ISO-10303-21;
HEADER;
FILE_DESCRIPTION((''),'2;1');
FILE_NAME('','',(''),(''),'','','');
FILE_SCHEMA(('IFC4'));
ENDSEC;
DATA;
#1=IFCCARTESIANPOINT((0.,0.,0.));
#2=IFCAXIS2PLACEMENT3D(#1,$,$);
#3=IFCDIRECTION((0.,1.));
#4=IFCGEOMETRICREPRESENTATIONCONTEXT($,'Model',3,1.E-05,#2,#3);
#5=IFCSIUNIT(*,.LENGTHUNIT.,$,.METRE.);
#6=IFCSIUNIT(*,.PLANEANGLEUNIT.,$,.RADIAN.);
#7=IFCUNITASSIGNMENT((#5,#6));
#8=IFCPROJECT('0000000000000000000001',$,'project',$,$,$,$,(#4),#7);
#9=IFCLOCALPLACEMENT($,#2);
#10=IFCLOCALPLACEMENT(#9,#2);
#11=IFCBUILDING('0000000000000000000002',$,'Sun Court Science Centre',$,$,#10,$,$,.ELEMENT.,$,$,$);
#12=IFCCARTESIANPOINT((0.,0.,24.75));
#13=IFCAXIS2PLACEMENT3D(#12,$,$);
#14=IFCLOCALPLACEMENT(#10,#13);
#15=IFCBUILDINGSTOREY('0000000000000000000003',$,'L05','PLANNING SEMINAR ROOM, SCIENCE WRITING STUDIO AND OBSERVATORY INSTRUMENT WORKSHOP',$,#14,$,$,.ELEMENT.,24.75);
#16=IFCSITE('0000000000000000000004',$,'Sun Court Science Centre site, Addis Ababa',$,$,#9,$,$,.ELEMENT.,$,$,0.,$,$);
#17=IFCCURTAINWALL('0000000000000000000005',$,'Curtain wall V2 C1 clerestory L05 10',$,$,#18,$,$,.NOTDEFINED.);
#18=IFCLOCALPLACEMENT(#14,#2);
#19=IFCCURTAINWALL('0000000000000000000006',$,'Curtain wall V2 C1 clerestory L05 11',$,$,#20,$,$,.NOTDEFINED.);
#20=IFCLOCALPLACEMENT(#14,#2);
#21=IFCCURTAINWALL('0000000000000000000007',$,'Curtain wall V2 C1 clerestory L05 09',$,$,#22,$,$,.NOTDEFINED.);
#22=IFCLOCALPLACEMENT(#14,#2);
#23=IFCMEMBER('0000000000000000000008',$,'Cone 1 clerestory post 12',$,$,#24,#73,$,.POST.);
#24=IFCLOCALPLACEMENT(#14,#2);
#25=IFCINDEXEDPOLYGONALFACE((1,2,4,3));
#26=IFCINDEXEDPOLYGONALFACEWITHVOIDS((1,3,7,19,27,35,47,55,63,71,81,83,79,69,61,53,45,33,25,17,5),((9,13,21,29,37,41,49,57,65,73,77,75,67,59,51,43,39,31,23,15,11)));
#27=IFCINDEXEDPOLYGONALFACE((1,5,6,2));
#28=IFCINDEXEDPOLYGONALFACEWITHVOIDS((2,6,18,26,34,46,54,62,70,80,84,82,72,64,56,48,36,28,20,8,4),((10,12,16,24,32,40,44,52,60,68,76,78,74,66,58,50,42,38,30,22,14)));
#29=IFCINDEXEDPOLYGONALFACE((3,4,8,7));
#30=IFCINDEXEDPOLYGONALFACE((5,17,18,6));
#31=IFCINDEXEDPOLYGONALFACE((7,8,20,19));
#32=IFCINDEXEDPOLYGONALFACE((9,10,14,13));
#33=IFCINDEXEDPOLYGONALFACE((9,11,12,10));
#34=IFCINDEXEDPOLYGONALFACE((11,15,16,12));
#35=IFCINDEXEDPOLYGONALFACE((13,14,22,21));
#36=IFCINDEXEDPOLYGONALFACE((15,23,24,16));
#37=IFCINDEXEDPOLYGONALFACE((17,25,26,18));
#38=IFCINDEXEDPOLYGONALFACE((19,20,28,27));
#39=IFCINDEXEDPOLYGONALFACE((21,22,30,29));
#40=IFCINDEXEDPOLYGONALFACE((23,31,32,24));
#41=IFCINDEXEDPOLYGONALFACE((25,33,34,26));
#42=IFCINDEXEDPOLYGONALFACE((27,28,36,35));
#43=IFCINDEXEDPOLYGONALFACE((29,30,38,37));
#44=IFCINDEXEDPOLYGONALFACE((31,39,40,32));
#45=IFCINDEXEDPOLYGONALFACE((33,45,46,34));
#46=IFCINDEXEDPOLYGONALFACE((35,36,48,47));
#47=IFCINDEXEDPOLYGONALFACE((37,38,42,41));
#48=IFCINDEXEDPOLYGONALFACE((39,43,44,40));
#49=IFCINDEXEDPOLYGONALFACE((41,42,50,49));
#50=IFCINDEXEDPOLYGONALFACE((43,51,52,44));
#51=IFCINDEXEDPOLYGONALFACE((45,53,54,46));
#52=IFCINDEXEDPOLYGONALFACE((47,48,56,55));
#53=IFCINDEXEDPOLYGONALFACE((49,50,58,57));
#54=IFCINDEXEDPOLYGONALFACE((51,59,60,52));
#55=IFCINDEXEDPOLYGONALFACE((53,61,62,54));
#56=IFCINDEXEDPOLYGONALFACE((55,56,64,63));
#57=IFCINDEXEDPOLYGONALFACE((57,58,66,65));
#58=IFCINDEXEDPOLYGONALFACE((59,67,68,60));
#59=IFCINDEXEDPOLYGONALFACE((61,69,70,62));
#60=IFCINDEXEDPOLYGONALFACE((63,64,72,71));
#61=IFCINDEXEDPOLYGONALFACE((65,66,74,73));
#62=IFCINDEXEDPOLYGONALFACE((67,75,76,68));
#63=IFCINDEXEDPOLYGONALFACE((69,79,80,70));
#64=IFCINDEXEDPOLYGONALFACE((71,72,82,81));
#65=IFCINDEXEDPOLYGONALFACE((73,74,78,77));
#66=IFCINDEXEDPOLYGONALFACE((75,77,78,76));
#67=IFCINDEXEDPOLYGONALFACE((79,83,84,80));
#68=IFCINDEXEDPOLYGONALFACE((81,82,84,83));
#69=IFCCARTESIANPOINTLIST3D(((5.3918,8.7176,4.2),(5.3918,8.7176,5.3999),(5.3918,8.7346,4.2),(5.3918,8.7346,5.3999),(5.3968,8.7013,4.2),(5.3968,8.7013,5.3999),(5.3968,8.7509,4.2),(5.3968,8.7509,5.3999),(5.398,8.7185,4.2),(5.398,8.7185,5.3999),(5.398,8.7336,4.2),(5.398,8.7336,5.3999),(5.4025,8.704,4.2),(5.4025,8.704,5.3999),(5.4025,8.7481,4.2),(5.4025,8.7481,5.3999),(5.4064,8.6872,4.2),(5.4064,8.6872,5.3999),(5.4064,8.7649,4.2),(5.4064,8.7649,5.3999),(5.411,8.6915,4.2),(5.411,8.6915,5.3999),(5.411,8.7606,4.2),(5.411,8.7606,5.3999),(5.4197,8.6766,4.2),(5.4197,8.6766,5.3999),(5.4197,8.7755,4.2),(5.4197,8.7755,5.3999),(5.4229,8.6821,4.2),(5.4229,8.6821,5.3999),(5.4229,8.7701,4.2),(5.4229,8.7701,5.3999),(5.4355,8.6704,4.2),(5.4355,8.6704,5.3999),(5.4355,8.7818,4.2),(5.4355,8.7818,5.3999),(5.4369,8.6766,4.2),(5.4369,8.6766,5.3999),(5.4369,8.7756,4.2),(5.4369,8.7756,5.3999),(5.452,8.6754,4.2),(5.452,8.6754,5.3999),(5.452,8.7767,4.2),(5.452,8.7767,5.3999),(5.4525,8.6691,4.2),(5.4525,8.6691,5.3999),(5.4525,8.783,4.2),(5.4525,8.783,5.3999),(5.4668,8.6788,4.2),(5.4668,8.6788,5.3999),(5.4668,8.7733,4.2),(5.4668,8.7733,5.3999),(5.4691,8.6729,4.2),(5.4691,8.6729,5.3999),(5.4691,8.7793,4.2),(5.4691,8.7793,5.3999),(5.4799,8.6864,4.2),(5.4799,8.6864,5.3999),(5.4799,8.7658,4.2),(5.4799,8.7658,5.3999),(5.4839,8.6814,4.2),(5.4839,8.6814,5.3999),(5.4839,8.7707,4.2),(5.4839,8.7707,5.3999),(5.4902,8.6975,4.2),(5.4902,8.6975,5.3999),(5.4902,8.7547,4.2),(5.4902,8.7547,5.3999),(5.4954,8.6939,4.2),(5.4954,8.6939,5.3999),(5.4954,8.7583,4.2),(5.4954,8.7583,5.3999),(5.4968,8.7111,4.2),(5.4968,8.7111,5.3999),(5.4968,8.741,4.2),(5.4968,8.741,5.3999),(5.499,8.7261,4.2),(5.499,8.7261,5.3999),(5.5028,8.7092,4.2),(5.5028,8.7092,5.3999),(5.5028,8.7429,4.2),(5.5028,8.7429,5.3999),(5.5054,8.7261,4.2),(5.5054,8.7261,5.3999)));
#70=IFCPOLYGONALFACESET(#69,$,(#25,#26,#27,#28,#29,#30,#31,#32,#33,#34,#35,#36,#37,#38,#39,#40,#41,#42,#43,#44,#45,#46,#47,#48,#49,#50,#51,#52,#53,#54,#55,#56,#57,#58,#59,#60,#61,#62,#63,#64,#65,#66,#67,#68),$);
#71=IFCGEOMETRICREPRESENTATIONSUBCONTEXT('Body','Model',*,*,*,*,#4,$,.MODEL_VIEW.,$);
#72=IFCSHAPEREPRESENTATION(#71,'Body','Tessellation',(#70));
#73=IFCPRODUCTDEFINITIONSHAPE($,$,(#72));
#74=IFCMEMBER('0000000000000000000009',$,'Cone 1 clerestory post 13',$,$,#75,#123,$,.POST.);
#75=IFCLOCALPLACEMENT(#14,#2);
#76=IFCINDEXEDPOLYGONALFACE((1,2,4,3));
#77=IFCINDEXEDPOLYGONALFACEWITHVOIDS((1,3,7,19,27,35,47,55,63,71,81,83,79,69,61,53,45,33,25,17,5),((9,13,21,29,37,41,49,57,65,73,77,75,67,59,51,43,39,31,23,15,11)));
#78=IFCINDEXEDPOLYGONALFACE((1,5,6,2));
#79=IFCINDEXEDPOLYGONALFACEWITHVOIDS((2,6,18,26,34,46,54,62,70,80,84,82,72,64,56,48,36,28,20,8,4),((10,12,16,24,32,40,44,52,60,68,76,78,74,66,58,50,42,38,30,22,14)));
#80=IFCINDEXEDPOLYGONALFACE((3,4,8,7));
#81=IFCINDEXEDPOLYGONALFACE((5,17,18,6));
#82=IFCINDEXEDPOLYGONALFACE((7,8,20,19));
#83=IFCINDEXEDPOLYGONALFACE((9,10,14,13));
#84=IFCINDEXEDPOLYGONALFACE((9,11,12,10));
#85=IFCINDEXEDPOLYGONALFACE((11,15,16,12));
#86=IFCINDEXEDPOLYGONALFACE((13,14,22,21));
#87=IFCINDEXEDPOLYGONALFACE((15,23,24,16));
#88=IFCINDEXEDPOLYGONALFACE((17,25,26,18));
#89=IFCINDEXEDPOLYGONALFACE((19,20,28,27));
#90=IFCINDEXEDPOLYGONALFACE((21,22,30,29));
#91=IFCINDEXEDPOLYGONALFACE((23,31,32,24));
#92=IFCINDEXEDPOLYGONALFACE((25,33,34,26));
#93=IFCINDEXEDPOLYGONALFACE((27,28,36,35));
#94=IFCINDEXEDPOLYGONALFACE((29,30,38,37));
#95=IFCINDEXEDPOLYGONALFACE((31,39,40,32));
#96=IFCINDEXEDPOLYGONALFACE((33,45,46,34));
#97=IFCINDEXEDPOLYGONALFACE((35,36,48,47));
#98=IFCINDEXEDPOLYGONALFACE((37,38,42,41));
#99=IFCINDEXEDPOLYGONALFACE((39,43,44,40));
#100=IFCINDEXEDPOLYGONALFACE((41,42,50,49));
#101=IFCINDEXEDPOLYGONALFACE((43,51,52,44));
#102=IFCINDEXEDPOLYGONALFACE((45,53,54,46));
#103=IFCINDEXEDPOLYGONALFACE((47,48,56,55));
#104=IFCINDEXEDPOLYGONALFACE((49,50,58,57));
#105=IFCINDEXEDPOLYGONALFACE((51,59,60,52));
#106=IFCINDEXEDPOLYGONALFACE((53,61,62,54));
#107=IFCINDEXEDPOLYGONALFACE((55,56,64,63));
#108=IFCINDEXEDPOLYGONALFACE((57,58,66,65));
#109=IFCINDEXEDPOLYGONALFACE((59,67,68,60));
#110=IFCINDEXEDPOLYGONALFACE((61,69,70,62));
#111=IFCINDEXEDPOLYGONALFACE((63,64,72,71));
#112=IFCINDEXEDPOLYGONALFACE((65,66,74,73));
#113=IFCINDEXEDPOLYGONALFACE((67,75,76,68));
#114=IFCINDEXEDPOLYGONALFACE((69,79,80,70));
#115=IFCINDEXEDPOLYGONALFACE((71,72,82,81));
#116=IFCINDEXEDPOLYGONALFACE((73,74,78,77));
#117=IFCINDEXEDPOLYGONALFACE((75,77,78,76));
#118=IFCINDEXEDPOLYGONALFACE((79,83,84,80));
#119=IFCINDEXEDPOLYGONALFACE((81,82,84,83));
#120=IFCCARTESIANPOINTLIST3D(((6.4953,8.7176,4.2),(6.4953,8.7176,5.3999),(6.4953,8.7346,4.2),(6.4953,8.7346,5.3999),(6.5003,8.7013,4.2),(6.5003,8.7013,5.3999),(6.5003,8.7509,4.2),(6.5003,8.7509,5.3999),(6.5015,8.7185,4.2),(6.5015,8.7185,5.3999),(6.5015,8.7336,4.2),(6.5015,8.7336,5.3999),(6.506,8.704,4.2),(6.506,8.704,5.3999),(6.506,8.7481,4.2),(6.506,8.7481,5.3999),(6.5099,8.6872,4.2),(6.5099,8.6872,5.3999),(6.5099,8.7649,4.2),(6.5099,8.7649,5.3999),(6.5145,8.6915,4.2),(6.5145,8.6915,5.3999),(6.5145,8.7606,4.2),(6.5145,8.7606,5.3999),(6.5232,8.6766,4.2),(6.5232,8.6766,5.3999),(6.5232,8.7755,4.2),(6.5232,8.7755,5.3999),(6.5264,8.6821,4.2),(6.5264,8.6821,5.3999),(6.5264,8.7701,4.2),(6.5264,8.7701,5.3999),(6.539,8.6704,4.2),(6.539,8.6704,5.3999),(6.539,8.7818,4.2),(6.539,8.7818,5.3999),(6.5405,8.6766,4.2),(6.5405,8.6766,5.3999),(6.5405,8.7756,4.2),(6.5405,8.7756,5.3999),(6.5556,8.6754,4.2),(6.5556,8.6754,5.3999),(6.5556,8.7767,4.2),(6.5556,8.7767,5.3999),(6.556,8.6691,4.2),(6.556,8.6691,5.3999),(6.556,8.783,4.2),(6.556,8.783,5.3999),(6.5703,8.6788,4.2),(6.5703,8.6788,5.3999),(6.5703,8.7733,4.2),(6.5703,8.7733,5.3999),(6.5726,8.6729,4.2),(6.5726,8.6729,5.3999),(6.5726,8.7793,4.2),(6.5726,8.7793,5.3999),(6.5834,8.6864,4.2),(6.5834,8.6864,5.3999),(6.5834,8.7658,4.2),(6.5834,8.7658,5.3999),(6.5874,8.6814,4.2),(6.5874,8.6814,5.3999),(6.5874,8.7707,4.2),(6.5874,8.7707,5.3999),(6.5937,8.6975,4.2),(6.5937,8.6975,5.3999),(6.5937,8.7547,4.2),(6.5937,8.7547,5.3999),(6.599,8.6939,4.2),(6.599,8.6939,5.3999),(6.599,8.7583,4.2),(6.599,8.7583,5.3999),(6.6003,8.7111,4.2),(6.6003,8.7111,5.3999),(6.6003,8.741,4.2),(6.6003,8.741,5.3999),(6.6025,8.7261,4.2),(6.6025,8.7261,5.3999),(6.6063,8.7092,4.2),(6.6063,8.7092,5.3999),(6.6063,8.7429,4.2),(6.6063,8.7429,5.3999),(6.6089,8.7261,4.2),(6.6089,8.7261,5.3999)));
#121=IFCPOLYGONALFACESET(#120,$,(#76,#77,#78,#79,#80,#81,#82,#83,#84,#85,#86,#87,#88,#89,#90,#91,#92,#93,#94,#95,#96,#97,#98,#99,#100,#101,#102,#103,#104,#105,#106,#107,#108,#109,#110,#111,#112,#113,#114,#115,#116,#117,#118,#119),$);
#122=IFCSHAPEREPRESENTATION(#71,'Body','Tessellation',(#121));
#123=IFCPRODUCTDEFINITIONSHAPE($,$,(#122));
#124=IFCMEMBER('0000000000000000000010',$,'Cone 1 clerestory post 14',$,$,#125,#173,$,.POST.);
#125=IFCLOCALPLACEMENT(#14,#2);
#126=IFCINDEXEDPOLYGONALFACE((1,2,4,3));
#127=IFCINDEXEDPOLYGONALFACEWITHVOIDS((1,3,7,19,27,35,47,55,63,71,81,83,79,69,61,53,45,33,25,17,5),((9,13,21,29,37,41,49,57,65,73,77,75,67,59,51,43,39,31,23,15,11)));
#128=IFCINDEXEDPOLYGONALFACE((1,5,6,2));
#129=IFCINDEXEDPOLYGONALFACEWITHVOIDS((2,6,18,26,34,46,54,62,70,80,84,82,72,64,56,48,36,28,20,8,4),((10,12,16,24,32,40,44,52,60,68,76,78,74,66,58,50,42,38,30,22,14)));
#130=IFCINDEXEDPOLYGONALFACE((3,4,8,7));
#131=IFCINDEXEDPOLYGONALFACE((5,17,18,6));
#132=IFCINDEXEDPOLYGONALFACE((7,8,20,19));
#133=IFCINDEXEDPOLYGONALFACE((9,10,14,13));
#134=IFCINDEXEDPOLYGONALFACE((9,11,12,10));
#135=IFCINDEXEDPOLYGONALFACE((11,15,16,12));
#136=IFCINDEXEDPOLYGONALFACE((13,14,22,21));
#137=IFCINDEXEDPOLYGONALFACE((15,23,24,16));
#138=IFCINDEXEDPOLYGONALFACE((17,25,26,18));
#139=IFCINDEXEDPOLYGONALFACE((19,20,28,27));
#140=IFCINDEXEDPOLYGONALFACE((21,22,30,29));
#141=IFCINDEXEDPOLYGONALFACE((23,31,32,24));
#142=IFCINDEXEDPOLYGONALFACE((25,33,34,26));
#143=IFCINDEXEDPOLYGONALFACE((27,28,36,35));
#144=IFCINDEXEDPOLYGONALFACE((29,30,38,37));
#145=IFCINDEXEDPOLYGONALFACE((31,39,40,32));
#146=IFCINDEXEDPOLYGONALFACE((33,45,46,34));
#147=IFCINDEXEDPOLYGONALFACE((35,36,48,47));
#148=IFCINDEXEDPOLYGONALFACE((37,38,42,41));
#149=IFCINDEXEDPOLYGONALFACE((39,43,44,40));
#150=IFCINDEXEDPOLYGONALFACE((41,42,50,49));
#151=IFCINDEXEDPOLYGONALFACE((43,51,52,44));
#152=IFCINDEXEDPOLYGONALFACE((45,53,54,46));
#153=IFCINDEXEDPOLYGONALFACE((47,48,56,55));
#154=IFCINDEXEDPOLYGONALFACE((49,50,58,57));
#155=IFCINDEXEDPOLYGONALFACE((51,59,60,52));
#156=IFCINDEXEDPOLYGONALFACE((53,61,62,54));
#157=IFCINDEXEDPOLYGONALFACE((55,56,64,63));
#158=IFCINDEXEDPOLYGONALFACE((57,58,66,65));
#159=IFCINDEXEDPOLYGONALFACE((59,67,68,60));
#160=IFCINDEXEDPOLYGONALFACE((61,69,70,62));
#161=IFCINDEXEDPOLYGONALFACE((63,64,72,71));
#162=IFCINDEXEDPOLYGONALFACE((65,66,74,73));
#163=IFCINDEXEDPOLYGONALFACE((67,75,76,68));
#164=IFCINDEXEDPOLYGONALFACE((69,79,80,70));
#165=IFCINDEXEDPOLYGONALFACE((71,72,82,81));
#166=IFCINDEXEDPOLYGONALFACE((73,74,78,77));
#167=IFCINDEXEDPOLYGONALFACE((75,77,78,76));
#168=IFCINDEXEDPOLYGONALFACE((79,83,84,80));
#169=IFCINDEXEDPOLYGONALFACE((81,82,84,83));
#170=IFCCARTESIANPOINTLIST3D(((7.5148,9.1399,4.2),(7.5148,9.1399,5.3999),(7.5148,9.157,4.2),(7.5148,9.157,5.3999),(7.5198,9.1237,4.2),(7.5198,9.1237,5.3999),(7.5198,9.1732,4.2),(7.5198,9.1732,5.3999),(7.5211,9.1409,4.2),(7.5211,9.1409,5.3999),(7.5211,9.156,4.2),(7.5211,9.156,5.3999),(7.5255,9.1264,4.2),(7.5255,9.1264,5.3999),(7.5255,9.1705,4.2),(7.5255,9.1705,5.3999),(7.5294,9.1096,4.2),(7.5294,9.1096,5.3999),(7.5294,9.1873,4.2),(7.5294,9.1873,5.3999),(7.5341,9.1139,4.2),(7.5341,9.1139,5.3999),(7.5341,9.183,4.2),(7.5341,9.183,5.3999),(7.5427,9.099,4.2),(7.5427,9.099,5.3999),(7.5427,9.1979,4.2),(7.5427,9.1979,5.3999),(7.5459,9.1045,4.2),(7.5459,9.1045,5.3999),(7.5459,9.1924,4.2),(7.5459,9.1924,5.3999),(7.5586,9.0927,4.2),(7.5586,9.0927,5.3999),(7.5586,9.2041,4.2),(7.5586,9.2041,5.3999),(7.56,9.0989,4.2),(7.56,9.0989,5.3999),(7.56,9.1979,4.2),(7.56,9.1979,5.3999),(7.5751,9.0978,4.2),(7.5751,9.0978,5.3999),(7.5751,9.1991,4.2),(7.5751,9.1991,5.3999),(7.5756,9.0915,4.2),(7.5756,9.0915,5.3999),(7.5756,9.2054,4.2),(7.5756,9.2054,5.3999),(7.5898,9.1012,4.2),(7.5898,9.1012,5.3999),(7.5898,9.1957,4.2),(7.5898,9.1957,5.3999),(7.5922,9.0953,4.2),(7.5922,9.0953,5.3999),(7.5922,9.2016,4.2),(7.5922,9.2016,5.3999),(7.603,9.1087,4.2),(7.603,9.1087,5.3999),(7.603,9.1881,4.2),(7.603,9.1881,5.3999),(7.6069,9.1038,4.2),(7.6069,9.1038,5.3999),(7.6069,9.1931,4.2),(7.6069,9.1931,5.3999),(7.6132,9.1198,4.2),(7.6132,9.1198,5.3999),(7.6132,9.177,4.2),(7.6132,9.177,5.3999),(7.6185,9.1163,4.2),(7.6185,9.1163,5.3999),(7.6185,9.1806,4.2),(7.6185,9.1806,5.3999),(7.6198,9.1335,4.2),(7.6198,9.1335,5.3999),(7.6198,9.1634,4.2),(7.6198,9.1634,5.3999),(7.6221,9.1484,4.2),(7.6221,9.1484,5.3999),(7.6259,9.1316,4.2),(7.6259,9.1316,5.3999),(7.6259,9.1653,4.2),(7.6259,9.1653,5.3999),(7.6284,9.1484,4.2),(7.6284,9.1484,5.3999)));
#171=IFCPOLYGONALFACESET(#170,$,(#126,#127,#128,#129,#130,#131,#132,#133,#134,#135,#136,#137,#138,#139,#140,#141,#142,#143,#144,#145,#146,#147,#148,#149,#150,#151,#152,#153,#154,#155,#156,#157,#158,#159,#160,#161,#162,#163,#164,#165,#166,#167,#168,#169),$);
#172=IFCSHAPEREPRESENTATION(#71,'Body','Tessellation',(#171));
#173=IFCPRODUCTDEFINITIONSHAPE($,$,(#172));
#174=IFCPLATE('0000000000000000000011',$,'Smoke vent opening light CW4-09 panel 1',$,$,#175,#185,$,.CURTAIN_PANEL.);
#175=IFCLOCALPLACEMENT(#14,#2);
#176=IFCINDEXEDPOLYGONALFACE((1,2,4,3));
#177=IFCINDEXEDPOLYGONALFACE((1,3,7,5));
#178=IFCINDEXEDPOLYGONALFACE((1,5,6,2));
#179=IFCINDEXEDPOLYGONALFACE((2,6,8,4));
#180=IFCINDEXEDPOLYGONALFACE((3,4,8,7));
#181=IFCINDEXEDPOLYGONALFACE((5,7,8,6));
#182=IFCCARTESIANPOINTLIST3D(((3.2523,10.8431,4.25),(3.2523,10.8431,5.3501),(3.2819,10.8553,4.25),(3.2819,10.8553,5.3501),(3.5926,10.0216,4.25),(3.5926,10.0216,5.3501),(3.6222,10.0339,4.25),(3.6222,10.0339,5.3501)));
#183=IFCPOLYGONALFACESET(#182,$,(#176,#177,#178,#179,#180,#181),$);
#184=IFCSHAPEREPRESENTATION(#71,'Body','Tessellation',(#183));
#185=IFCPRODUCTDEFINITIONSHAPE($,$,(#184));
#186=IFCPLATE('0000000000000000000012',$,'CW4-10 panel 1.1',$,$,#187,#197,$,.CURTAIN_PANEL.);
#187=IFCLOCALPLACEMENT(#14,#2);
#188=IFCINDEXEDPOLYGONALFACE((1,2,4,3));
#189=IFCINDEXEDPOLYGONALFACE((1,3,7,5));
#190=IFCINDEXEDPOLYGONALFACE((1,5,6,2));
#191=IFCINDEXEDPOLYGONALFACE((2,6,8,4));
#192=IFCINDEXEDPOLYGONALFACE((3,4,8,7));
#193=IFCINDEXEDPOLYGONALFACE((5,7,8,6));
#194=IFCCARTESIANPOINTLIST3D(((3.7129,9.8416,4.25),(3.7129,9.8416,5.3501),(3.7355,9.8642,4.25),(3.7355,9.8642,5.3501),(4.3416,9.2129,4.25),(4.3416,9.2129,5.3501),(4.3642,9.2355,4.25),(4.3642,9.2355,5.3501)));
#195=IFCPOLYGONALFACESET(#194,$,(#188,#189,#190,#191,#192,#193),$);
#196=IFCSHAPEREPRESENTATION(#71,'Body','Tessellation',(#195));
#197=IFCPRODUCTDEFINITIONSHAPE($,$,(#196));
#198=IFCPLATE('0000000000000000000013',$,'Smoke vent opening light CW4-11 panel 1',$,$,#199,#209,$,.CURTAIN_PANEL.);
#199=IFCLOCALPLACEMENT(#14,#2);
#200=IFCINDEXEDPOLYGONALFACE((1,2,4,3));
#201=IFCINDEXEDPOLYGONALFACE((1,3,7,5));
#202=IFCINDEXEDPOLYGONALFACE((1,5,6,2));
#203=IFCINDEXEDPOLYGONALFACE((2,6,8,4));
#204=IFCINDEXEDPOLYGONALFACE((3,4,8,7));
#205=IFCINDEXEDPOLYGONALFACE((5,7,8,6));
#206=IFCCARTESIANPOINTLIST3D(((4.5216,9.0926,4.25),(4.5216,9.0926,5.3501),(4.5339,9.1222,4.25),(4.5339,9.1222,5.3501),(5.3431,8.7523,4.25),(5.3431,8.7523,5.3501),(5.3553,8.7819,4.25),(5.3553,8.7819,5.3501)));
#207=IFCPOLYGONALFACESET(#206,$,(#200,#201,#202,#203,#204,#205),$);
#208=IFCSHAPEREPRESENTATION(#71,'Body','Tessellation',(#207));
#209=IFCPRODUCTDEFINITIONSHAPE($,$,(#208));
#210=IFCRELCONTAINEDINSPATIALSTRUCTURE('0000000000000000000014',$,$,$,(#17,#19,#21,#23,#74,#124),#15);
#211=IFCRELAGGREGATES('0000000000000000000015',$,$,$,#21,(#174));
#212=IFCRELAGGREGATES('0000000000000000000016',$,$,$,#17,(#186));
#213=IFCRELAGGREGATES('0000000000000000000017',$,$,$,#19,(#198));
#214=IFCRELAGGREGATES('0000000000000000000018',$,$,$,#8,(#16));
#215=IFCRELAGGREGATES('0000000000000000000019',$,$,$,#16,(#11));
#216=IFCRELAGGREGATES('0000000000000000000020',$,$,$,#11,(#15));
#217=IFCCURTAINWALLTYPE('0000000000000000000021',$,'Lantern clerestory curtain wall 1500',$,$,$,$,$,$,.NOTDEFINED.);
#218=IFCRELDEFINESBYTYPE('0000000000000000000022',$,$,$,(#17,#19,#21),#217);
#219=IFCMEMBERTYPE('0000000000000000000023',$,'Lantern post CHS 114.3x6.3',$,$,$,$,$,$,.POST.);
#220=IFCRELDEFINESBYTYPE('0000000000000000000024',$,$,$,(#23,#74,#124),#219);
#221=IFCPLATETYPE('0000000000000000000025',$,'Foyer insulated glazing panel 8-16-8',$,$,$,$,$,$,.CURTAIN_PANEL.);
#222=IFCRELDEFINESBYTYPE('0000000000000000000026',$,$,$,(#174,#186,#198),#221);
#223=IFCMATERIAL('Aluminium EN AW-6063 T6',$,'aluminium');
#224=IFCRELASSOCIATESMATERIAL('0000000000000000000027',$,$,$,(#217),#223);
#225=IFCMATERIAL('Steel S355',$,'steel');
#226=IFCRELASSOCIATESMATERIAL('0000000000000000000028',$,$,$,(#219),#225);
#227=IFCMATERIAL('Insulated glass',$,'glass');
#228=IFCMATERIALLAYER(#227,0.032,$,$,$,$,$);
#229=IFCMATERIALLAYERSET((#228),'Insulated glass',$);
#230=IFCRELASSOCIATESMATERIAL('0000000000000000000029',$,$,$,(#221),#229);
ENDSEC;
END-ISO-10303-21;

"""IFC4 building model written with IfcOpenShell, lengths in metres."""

from ifc_helpers import new_model, si_unit, direction, frame, origin, origin_2d, place, context, subcontext, project, spatial, rectangle, hollow_circle, extrude, material, layer, layer_set, material_profile, profile_set, type_object, element, aggregate, save


model = new_model("IFC4")

# Units and contexts
model_context = context("Model", 3, precision=1e-05, world=origin(), true_north=direction((0.0, 1.0)))
body_context = subcontext(model_context, "Body", "Model", "MODEL_VIEW")
ifc_project = project(units=[si_unit("LENGTHUNIT", "METRE"), si_unit("PLANEANGLEUNIT", "RADIAN")], contexts=[model_context])

# Site, building, storey
site_placement = place(None, origin())
site = spatial("IfcSite", under=ifc_project, at=site_placement, Name="Sun Court Science Centre site, Addis Ababa", CompositionType="ELEMENT", RefElevation=0.0)
building_placement = place(site_placement, origin())
building = spatial("IfcBuilding", under=site, at=building_placement, Name="Sun Court Science Centre", CompositionType="ELEMENT")
storey_placement = place(building_placement, frame((0.0, 0.0, 24.75)))
storey = spatial("IfcBuildingStorey", under=building, at=storey_placement, Name="L05", Description="PLANNING SEMINAR ROOM, SCIENCE WRITING STUDIO AND OBSERVATORY INSTRUMENT WORKSHOP", CompositionType="ELEMENT", Elevation=24.75)

# Curtain walls
ifc_material_1 = material(Name="Aluminium EN AW-6063 T6", Category="aluminium")
curtain_wall_type = type_object("IfcCurtainWallType", Name="Lantern clerestory curtain wall 1500", PredefinedType="NOTDEFINED", material=ifc_material_1)
curtain_wall_1_placement = place(storey_placement, origin())
curtain_wall_1 = element("IfcCurtainWall", 1, at=curtain_wall_1_placement, inside=storey, type_object=curtain_wall_type, Name="Curtain wall V2 C1 clerestory L05 10", PredefinedType="NOTDEFINED")
curtain_wall_2_placement = place(storey_placement, origin())
curtain_wall_2 = element("IfcCurtainWall", 2, at=curtain_wall_2_placement, inside=storey, type_object=curtain_wall_type, Name="Curtain wall V2 C1 clerestory L05 11", PredefinedType="NOTDEFINED")

# Curtain wall
curtain_wall_3_placement = place(storey_placement, origin())
curtain_wall_3 = element("IfcCurtainWall", 3, at=curtain_wall_3_placement, inside=storey, type_object=curtain_wall_type, Name="Curtain wall V2 C1 clerestory L05 09", PredefinedType="NOTDEFINED")

# Members
ifc_material_2 = material(Name="Steel S355", Category="steel")
ifc_material_profile_1 = material_profile(ifc_material_2, hollow_circle(Radius=0.0571, WallThickness=0.0063, at=origin_2d()), Name="CHS 114.3x6.3")
ifc_profile_set_1 = profile_set([ifc_material_profile_1], Name="Steel S355")
member_type_1 = type_object("IfcMemberType", Name="Lantern post CHS 114.3x6.3", PredefinedType="POST", material=ifc_profile_set_1)
for number, where, z_axis, x_axis, name in (
    (4, (5.4482, 8.7261, 4.2), (0.0, 0.0, 1.0), (1.0, 0.0, 0.0), "Cone 1 clerestory post 12"),
    (5, (6.5518, 8.7261, 4.2), (0.0, 0.0, 1.0), (1.0, 0.0, 0.0), "Cone 1 clerestory post 13"),
    (6, (7.5713, 9.1484, 4.2), (0.0, 0.0, 1.0), (1.0, 0.0, 0.0), "Cone 1 clerestory post 14"),
):
    element("IfcMember", number, at=place(storey_placement, frame(where, z_axis=z_axis, x_axis=x_axis)), inside=storey, type_object=member_type_1, Name=name, PredefinedType="POST", context=body_context, shape_type="SweptSolid", body=[
        extrude(hollow_circle(Radius=0.0571, WallThickness=0.0063, at=origin_2d()), origin(), (0.0, 0.0, 1.0), 1.2),
    ])

# Plates
ifc_material_3 = material(Name="Insulated glass", Category="glass")
ifc_layer = layer(ifc_material_3, 0.032)
ifc_layer_set = layer_set([ifc_layer], Name="Insulated glass")
plate_type = type_object("IfcPlateType", Name="Foyer insulated glazing panel 8-16-8", PredefinedType="CURTAIN_PANEL", material=ifc_layer_set)
plate_1_placement = place(storey_placement, frame((3.4373, 10.4385, 4.25), z_axis=(0.0, 0.0, 1.0), x_axis=(-0.382683, 0.92388, 0.0)))
plate_1 = element("IfcPlate", 7, at=plate_1_placement, type_object=plate_type, Name="Smoke vent opening light CW4-09 panel 1", PredefinedType="CURTAIN_PANEL", context=body_context, shape_type="SweptSolid", body=[
    extrude(rectangle(XDim=0.8892, YDim=0.032, at=origin_2d()), origin(), (0.0, 0.0, 1.0), 1.1001),
])
aggregate(curtain_wall_3, [plate_1])
plate_2_placement = place(storey_placement, frame((4.0386, 9.5386, 4.25), z_axis=(0.0, 0.0, 1.0), x_axis=(-0.707107, 0.707107, 0.0)))
plate_2 = element("IfcPlate", 8, at=plate_2_placement, type_object=plate_type, Name="CW4-10 panel 1.1", PredefinedType="CURTAIN_PANEL", context=body_context, shape_type="SweptSolid", body=[
    extrude(rectangle(XDim=0.8892, YDim=0.032, at=origin_2d()), origin(), (0.0, 0.0, 1.0), 1.1001),
])
aggregate(curtain_wall_1, [plate_2])
plate_3_placement = place(storey_placement, frame((4.9385, 8.9373, 4.25), z_axis=(0.0, 0.0, 1.0), x_axis=(-0.92388, 0.382683, 0.0)))
plate_3 = element("IfcPlate", 9, at=plate_3_placement, type_object=plate_type, Name="Smoke vent opening light CW4-11 panel 1", PredefinedType="CURTAIN_PANEL", context=body_context, shape_type="SweptSolid", body=[
    extrude(rectangle(XDim=0.8892, YDim=0.032, at=origin_2d()), origin(), (0.0, 0.0, 1.0), 1.1001),
])
aggregate(curtain_wall_2, [plate_3])

save(model, "model.ifc")
